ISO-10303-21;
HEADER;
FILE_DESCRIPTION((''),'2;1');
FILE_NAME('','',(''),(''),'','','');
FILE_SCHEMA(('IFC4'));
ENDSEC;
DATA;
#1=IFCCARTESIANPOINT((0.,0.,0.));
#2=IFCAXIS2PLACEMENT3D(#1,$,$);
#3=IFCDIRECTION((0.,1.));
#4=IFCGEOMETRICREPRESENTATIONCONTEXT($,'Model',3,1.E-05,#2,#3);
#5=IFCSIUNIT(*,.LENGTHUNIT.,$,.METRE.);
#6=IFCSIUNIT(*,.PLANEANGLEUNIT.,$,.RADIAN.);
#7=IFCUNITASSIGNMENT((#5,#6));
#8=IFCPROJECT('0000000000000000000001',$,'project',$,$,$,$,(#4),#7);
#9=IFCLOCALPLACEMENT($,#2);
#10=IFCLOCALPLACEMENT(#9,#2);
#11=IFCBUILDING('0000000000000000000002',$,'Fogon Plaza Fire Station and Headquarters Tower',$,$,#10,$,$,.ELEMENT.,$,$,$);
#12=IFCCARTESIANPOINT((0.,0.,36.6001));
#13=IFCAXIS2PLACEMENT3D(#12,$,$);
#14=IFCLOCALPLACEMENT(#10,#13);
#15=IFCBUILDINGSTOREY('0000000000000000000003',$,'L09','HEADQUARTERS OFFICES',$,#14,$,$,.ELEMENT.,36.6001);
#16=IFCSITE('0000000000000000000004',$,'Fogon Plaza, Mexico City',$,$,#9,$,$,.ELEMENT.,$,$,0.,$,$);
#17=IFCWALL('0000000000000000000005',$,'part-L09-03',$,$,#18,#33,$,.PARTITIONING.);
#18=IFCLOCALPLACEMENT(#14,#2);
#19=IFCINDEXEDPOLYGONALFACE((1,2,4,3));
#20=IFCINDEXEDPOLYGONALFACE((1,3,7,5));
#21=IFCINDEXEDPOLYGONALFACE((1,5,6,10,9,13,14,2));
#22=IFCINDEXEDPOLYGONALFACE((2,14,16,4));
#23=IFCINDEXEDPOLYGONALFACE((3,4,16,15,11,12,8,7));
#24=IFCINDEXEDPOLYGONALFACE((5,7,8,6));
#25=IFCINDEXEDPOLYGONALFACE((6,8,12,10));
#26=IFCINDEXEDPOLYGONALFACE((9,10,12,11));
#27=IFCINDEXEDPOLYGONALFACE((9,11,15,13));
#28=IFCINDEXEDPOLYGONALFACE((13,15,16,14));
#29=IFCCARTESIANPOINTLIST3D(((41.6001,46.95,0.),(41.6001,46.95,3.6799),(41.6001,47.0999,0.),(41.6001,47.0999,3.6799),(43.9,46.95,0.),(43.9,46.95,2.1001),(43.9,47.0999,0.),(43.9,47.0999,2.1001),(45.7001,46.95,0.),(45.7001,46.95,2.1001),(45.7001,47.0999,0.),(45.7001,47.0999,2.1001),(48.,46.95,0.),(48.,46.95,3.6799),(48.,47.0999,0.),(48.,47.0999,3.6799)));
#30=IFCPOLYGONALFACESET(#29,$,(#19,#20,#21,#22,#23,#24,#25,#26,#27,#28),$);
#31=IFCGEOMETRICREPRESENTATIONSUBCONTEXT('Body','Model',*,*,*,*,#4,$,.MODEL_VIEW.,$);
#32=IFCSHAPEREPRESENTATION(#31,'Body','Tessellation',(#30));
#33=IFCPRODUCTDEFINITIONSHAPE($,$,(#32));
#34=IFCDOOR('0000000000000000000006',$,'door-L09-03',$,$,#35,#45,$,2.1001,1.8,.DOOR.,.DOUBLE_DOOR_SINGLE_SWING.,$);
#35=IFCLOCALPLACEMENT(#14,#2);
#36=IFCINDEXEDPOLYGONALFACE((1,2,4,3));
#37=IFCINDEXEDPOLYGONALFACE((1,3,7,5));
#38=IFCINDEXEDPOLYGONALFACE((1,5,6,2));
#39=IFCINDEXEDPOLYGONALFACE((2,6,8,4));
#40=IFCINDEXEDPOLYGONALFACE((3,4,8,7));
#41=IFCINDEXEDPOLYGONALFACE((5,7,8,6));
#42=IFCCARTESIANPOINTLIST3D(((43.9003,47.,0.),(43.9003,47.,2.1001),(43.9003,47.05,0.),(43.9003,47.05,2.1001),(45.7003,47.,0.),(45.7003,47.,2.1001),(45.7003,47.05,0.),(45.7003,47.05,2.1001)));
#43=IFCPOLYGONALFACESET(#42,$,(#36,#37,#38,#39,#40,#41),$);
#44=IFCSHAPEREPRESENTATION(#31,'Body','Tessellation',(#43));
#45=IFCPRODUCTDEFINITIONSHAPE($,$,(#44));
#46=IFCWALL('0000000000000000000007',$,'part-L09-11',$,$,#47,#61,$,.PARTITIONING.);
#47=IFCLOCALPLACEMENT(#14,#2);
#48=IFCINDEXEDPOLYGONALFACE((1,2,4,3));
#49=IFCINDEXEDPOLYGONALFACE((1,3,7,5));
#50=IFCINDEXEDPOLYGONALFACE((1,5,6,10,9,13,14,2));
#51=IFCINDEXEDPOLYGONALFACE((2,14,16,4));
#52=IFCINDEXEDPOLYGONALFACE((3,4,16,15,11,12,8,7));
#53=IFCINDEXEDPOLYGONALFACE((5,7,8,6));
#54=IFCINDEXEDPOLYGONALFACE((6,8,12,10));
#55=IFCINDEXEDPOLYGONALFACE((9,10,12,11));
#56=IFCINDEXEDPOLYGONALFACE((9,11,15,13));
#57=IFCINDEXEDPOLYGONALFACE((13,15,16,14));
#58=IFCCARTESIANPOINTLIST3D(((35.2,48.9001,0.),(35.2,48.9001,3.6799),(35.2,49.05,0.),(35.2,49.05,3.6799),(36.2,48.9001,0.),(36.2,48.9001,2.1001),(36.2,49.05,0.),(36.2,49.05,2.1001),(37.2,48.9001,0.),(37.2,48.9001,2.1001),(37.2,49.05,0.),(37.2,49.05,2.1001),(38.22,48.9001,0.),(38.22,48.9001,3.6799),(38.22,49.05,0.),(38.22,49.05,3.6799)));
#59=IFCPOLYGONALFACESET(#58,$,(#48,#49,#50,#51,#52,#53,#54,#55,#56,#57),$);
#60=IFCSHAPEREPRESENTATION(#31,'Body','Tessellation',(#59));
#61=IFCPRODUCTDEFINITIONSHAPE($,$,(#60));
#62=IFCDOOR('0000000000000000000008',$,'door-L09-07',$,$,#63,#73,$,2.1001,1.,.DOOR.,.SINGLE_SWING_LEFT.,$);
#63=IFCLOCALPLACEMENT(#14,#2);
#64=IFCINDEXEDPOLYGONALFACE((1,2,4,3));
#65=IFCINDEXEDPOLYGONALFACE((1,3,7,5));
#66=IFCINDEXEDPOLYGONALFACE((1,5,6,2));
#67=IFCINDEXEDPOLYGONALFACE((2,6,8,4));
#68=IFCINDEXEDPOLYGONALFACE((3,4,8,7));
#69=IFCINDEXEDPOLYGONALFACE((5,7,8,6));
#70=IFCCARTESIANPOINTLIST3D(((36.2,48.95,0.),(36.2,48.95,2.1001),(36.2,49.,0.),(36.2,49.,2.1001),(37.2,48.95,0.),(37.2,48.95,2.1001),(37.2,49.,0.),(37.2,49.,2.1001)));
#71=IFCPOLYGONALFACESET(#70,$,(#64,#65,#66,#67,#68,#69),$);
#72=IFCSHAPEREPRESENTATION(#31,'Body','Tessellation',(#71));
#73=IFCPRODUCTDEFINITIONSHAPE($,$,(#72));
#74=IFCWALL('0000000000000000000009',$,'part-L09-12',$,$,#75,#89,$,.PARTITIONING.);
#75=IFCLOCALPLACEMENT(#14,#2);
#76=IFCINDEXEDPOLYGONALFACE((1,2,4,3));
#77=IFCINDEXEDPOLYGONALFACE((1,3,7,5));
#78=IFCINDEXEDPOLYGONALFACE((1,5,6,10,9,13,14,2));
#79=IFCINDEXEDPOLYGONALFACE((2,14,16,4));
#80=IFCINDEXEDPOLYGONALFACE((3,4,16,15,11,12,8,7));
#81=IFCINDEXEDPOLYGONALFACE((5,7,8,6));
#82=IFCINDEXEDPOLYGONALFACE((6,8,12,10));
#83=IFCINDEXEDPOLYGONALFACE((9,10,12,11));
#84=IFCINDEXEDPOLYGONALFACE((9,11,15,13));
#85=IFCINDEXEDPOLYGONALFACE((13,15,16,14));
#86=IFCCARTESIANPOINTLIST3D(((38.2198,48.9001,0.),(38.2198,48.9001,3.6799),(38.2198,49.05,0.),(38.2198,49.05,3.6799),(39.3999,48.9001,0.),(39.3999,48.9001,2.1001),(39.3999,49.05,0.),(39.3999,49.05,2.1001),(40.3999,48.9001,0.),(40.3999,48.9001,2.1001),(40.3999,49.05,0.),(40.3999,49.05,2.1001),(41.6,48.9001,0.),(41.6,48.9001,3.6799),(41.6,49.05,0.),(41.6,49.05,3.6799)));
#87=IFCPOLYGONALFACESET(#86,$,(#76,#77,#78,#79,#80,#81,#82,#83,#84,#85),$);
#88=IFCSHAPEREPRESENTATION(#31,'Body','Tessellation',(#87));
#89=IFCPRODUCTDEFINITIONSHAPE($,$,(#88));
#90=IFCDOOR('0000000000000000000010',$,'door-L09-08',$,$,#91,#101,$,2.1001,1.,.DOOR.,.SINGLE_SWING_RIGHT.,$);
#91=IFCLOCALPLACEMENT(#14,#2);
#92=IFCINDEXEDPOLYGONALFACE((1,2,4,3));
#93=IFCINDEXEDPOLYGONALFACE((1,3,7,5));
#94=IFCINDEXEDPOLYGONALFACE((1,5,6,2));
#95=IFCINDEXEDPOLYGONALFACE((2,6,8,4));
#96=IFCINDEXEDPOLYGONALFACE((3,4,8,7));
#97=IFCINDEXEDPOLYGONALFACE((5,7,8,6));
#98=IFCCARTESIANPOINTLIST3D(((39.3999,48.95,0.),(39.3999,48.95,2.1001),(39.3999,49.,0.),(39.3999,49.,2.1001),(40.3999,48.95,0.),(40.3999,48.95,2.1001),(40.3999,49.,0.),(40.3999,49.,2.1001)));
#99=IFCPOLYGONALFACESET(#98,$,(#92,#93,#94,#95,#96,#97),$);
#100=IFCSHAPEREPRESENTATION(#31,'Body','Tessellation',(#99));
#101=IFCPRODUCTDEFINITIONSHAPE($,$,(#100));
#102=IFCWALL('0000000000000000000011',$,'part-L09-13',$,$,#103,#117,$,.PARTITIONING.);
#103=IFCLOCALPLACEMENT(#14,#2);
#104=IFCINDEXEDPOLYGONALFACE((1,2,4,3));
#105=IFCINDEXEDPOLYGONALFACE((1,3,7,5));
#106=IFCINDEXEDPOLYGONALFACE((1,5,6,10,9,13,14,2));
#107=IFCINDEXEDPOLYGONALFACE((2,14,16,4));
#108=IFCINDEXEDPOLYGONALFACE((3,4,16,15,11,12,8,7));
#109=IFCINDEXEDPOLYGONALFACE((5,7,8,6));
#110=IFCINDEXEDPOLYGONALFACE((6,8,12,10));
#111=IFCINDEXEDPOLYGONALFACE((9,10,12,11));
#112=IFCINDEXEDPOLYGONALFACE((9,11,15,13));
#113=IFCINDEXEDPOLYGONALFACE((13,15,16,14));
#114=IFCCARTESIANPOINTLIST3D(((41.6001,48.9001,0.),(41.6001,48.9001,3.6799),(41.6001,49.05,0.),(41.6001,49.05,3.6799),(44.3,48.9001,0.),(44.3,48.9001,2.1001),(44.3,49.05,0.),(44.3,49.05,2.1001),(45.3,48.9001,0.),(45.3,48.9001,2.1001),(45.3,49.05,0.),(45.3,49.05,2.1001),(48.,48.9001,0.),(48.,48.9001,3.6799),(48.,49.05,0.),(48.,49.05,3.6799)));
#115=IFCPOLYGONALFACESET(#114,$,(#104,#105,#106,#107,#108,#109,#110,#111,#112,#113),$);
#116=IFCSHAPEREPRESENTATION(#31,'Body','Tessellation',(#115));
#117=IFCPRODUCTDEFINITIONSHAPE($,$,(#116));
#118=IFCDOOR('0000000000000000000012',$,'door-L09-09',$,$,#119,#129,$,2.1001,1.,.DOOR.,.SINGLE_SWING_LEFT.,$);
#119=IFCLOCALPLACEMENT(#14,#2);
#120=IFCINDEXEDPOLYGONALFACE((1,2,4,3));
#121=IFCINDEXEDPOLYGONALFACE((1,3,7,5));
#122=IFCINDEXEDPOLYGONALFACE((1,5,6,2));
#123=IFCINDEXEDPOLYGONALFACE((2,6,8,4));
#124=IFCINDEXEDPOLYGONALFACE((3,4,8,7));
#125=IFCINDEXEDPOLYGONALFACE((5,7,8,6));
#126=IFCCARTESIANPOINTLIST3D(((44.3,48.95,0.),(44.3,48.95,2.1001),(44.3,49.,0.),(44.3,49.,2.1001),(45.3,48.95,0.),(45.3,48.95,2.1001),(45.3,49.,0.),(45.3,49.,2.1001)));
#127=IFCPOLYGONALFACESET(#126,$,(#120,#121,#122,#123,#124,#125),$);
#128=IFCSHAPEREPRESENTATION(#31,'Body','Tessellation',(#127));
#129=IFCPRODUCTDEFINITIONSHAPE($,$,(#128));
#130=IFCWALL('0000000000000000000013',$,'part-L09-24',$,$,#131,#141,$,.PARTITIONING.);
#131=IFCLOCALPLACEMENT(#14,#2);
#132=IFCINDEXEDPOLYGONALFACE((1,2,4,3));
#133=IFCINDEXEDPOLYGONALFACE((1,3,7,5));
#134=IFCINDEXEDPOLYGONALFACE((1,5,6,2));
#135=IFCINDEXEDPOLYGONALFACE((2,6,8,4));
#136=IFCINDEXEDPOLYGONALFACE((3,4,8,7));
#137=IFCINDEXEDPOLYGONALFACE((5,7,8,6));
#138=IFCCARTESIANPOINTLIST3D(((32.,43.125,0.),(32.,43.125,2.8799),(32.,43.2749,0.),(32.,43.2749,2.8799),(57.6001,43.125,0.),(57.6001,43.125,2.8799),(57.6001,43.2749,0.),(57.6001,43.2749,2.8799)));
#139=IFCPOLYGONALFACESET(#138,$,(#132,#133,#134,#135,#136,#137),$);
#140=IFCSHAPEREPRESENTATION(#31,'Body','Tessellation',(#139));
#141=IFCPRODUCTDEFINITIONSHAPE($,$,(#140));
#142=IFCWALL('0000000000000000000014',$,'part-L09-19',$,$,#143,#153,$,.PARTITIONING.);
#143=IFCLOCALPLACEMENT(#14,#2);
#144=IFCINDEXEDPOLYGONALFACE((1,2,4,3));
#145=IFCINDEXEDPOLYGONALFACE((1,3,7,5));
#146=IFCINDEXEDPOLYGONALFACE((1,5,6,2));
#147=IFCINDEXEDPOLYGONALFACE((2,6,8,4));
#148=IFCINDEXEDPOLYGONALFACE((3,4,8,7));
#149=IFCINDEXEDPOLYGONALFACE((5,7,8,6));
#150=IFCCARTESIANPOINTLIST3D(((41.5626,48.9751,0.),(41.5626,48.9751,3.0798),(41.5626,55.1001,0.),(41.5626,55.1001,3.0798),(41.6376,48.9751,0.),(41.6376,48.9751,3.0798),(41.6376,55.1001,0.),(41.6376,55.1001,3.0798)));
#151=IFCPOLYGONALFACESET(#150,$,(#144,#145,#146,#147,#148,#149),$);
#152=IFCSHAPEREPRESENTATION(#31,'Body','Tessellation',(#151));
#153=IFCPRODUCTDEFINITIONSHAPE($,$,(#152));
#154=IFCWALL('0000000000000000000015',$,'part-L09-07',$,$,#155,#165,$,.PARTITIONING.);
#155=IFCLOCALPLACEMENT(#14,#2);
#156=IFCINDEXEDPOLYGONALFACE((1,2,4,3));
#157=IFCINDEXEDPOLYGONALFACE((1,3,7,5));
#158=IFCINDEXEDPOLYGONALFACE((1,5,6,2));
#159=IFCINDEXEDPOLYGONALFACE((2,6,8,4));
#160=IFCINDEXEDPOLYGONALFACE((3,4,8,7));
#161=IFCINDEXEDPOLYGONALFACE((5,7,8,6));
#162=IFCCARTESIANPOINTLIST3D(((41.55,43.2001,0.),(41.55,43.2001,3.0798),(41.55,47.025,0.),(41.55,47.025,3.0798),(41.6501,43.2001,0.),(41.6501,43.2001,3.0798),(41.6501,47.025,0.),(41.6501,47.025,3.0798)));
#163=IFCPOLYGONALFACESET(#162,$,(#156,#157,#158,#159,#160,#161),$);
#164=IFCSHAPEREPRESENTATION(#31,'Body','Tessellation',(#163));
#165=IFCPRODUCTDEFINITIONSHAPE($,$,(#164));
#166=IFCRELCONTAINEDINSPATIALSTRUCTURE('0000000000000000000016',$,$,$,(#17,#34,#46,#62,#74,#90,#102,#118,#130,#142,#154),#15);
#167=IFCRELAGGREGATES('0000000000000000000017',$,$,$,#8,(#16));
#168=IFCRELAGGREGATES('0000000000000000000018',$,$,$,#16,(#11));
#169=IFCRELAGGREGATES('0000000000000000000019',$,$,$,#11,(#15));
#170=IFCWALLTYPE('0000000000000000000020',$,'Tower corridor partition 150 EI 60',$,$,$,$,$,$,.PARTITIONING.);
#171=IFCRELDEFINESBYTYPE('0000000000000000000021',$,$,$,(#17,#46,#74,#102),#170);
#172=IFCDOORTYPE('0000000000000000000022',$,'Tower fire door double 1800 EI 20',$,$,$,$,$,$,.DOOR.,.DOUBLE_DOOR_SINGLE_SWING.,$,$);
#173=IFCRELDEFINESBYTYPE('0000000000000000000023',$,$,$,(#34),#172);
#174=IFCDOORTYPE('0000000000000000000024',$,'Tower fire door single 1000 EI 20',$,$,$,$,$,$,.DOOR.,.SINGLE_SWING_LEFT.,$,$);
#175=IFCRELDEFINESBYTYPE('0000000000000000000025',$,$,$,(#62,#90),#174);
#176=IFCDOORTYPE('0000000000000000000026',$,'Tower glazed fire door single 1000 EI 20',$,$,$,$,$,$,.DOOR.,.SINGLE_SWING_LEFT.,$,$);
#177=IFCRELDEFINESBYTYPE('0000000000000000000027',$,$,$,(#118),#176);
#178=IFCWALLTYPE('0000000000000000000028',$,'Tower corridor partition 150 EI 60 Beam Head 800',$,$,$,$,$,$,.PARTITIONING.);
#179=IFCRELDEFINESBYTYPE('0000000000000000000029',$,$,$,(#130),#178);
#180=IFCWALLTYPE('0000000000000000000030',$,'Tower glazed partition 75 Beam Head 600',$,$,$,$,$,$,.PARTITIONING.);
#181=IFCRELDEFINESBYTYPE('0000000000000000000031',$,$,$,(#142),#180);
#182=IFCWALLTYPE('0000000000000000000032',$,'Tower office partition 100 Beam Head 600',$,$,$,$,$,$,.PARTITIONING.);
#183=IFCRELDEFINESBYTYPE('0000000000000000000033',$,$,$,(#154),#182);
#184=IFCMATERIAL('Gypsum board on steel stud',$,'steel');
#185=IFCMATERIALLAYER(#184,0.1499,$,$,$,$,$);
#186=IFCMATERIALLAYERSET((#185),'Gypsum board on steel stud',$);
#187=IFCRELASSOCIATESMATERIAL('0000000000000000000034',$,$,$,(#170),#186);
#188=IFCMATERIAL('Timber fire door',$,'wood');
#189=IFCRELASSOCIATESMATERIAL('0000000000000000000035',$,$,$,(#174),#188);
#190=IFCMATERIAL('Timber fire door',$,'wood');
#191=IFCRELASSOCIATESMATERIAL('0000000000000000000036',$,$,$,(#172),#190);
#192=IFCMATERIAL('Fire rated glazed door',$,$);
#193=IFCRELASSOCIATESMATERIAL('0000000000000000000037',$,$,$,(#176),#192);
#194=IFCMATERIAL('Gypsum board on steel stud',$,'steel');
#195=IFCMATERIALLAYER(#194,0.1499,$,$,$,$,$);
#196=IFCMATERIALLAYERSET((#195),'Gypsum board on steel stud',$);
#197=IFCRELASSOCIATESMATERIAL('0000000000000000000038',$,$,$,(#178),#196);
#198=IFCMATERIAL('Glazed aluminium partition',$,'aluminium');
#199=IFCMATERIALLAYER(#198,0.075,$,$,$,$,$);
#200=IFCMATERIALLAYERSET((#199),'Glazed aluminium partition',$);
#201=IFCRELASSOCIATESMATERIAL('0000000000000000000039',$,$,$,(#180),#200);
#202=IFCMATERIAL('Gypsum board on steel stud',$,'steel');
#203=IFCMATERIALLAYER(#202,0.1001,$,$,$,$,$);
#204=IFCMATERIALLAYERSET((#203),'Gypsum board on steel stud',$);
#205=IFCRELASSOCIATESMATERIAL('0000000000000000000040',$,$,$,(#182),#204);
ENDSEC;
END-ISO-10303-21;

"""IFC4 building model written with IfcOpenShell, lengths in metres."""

from ifc_helpers import new_model, si_unit, direction, frame, frame_2d, origin, place, context, subcontext, project, spatial, rectangle, extrude, material, layer, layer_set, type_object, element, fill, save


model = new_model("IFC4")

# Units and contexts
model_context = context("Model", 3, precision=1e-05, world=origin(), true_north=direction((0.0, 1.0)))
body_context = subcontext(model_context, "Body", "Model", "MODEL_VIEW")
ifc_project = project(units=[si_unit("LENGTHUNIT", "METRE"), si_unit("PLANEANGLEUNIT", "RADIAN")], contexts=[model_context])

# Site, building, storey
site_placement = place(None, origin())
site = spatial("IfcSite", under=ifc_project, at=site_placement, Name="Fogon Plaza, Mexico City", CompositionType="ELEMENT", RefElevation=0.0)
building_placement = place(site_placement, origin())
building = spatial("IfcBuilding", under=site, at=building_placement, Name="Fogon Plaza Fire Station and Headquarters Tower", CompositionType="ELEMENT")
storey_placement = place(building_placement, frame((0.0, 0.0, 36.6001)))
storey = spatial("IfcBuildingStorey", under=building, at=storey_placement, Name="L09", Description="HEADQUARTERS OFFICES", CompositionType="ELEMENT", Elevation=36.6001)

# Walls, openings, doors
ifc_material_1 = material(Name="Gypsum board on steel stud", Category="steel")
ifc_layer_1 = layer(ifc_material_1, 0.1499)
ifc_layer_set_1 = layer_set([ifc_layer_1], Name="Gypsum board on steel stud")
wall_type_1 = type_object("IfcWallType", Name="Tower corridor partition 150 EI 60", PredefinedType="PARTITIONING", material=ifc_layer_set_1)
ifc_material_2 = material(Name="Timber fire door", Category="wood")
door_type_1 = type_object("IfcDoorType", Name="Tower fire door single 1000 EI 20", OperationType="SINGLE_SWING_LEFT", PredefinedType="DOOR", material=ifc_material_2)
wall_1_placement = place(storey_placement, frame((41.6001, 47.0249, 0.0), z_axis=(0.0, 0.0, 1.0), x_axis=(1.0, 0.0, 0.0)))
wall_1 = element("IfcWall", 1, at=wall_1_placement, inside=storey, type_object=wall_type_1, Name="part-L09-03", PredefinedType="PARTITIONING", context=body_context, shape_type="SweptSolid", body=[
    extrude(rectangle(XDim=6.3999, YDim=0.1499, at=frame_2d((3.2, 0.0))), origin(), (0.0, 0.0, 1.0), 3.6799),
])
opening_1_placement = place(wall_1_placement, frame((2.3, 0.0, 0.0)))
opening_1 = element("IfcOpeningElement", 2, at=opening_1_placement, cuts=wall_1, PredefinedType="OPENING", context=body_context, shape_type="SweptSolid", body=[
    extrude(rectangle(XDim=1.8, YDim=2.1001, at=frame_2d((0.8999, 1.05))), frame((0.0, 0.085, 0.0), z_axis=(0.0, -1.0, 0.0), x_axis=(1.0, 0.0, 0.0)), (0.0, 0.0, 1.0), 0.1699),
])
ifc_material_3 = material(Name="Timber fire door", Category="wood")
door_type_2 = type_object("IfcDoorType", Name="Tower fire door double 1800 EI 20", OperationType="DOUBLE_DOOR_SINGLE_SWING", PredefinedType="DOOR", material=ifc_material_3)
door_1_placement = place(opening_1_placement, frame((1.8, 0.0, 0.0), z_axis=(0.0, 0.0, 1.0), x_axis=(-1.0, 0.0, 0.0)))
door_1 = element("IfcDoor", 3, at=door_1_placement, inside=storey, type_object=door_type_2, Name="door-L09-03", OperationType="DOUBLE_DOOR_SINGLE_SWING", OverallHeight=2.1001, OverallWidth=1.8, PredefinedType="DOOR", context=body_context, shape_type="SweptSolid", body=[
    extrude(rectangle(XDim=1.8, YDim=2.1001, at=frame_2d((0.8999, 1.05))), frame((0.0, 0.0249, 0.0), z_axis=(0.0, -1.0, 0.0), x_axis=(1.0, 0.0, 0.0)), (0.0, 0.0, 1.0), 0.05),
])
fill(opening_1, door_1)
wall_2_placement = place(storey_placement, frame((35.2, 48.9751, 0.0), z_axis=(0.0, 0.0, 1.0), x_axis=(1.0, 0.0, 0.0)))
wall_2 = element("IfcWall", 4, at=wall_2_placement, inside=storey, type_object=wall_type_1, Name="part-L09-11", PredefinedType="PARTITIONING", context=body_context, shape_type="SweptSolid", body=[
    extrude(rectangle(XDim=3.02, YDim=0.1499, at=frame_2d((1.51, 0.0))), origin(), (0.0, 0.0, 1.0), 3.6799),
])
opening_2_placement = place(wall_2_placement, frame((1.0, 0.0, 0.0)))
opening_2 = element("IfcOpeningElement", 5, at=opening_2_placement, cuts=wall_2, PredefinedType="OPENING", context=body_context, shape_type="SweptSolid", body=[
    extrude(rectangle(XDim=1.0, YDim=2.1001, at=frame_2d((0.5, 1.05))), frame((0.0, 0.085, 0.0), z_axis=(0.0, -1.0, 0.0), x_axis=(1.0, 0.0, 0.0)), (0.0, 0.0, 1.0), 0.1699),
])
door_2_placement = place(opening_2_placement, origin())
door_2 = element("IfcDoor", 6, at=door_2_placement, inside=storey, type_object=door_type_1, Name="door-L09-07", OperationType="SINGLE_SWING_LEFT", OverallHeight=2.1001, OverallWidth=1.0, PredefinedType="DOOR", context=body_context, shape_type="SweptSolid", body=[
    extrude(rectangle(XDim=1.0, YDim=2.1001, at=frame_2d((0.5, 1.05))), frame((0.0, 0.0249, 0.0), z_axis=(0.0, -1.0, 0.0), x_axis=(1.0, 0.0, 0.0)), (0.0, 0.0, 1.0), 0.05),
])
fill(opening_2, door_2)
wall_3_placement = place(storey_placement, frame((38.22, 48.9751, 0.0), z_axis=(0.0, 0.0, 1.0), x_axis=(1.0, 0.0, 0.0)))
wall_3 = element("IfcWall", 7, at=wall_3_placement, inside=storey, type_object=wall_type_1, Name="part-L09-12", PredefinedType="PARTITIONING", context=body_context, shape_type="SweptSolid", body=[
    extrude(rectangle(XDim=3.3801, YDim=0.1499, at=frame_2d((1.6899, 0.0))), origin(), (0.0, 0.0, 1.0), 3.6799),
])
opening_3_placement = place(wall_3_placement, frame((1.1799, 0.0, 0.0)))
opening_3 = element("IfcOpeningElement", 8, at=opening_3_placement, cuts=wall_3, PredefinedType="OPENING", context=body_context, shape_type="SweptSolid", body=[
    extrude(rectangle(XDim=1.0, YDim=2.1001, at=frame_2d((0.5, 1.05))), frame((0.0, 0.085, 0.0), z_axis=(0.0, -1.0, 0.0), x_axis=(1.0, 0.0, 0.0)), (0.0, 0.0, 1.0), 0.1699),
])
door_3_placement = place(opening_3_placement, origin())
door_3 = element("IfcDoor", 9, at=door_3_placement, inside=storey, type_object=door_type_1, Name="door-L09-08", OperationType="SINGLE_SWING_RIGHT", OverallHeight=2.1001, OverallWidth=1.0, PredefinedType="DOOR", context=body_context, shape_type="SweptSolid", body=[
    extrude(rectangle(XDim=1.0, YDim=2.1001, at=frame_2d((0.5, 1.05))), frame((0.0, 0.0249, 0.0), z_axis=(0.0, -1.0, 0.0), x_axis=(1.0, 0.0, 0.0)), (0.0, 0.0, 1.0), 0.05),
])
fill(opening_3, door_3)
wall_4_placement = place(storey_placement, frame((41.6001, 48.9751, 0.0), z_axis=(0.0, 0.0, 1.0), x_axis=(1.0, 0.0, 0.0)))
wall_4 = element("IfcWall", 10, at=wall_4_placement, inside=storey, type_object=wall_type_1, Name="part-L09-13", PredefinedType="PARTITIONING", context=body_context, shape_type="SweptSolid", body=[
    extrude(rectangle(XDim=6.3999, YDim=0.1499, at=frame_2d((3.2, 0.0))), origin(), (0.0, 0.0, 1.0), 3.6799),
])
opening_4_placement = place(wall_4_placement, frame((2.7, 0.0, 0.0)))
opening_4 = element("IfcOpeningElement", 11, at=opening_4_placement, cuts=wall_4, PredefinedType="OPENING", context=body_context, shape_type="SweptSolid", body=[
    extrude(rectangle(XDim=1.0, YDim=2.1001, at=frame_2d((0.5, 1.05))), frame((0.0, 0.085, 0.0), z_axis=(0.0, -1.0, 0.0), x_axis=(1.0, 0.0, 0.0)), (0.0, 0.0, 1.0), 0.1699),
])
ifc_material_4 = material(Name="Fire rated glazed door")
door_type_3 = type_object("IfcDoorType", Name="Tower glazed fire door single 1000 EI 20", OperationType="SINGLE_SWING_LEFT", PredefinedType="DOOR", material=ifc_material_4)
door_4_placement = place(opening_4_placement, origin())
door_4 = element("IfcDoor", 12, at=door_4_placement, inside=storey, type_object=door_type_3, Name="door-L09-09", OperationType="SINGLE_SWING_LEFT", OverallHeight=2.1001, OverallWidth=1.0, PredefinedType="DOOR", context=body_context, shape_type="SweptSolid", body=[
    extrude(rectangle(XDim=1.0, YDim=2.1001, at=frame_2d((0.5, 1.05))), frame((0.0, 0.0249, 0.0), z_axis=(0.0, -1.0, 0.0), x_axis=(1.0, 0.0, 0.0)), (0.0, 0.0, 1.0), 0.05),
])
fill(opening_4, door_4)

# Walls
ifc_material_5 = material(Name="Gypsum board on steel stud", Category="steel")
ifc_layer_2 = layer(ifc_material_5, 0.1499)
ifc_layer_set_2 = layer_set([ifc_layer_2], Name="Gypsum board on steel stud")
wall_type_2 = type_object("IfcWallType", Name="Tower corridor partition 150 EI 60 Beam Head 800", PredefinedType="PARTITIONING", material=ifc_layer_set_2)
wall_5_placement = place(storey_placement, frame((32.0, 43.2, 0.0), z_axis=(0.0, 0.0, 1.0), x_axis=(1.0, 0.0, 0.0)))
element("IfcWall", 13, at=wall_5_placement, inside=storey, type_object=wall_type_2, Name="part-L09-24", PredefinedType="PARTITIONING", context=body_context, shape_type="SweptSolid", body=[
    extrude(rectangle(XDim=25.6001, YDim=0.1499, at=frame_2d((12.8, 0.0))), origin(), (0.0, 0.0, 1.0), 2.8799),
])
ifc_material_6 = material(Name="Glazed aluminium partition", Category="aluminium")
ifc_layer_3 = layer(ifc_material_6, 0.075)
ifc_layer_set_3 = layer_set([ifc_layer_3], Name="Glazed aluminium partition")
wall_type_3 = type_object("IfcWallType", Name="Tower glazed partition 75 Beam Head 600", PredefinedType="PARTITIONING", material=ifc_layer_set_3)
wall_6_placement = place(storey_placement, frame((41.6001, 48.9751, 0.0), z_axis=(0.0, 0.0, 1.0), x_axis=(0.0, 1.0, 0.0)))
element("IfcWall", 14, at=wall_6_placement, inside=storey, type_object=wall_type_3, Name="part-L09-19", PredefinedType="PARTITIONING", context=body_context, shape_type="SweptSolid", body=[
    extrude(rectangle(XDim=6.125, YDim=0.075, at=frame_2d((3.0625, 0.0))), origin(), (0.0, 0.0, 1.0), 3.0798),
])
ifc_material_7 = material(Name="Gypsum board on steel stud", Category="steel")
ifc_layer_4 = layer(ifc_material_7, 0.1001)
ifc_layer_set_4 = layer_set([ifc_layer_4], Name="Gypsum board on steel stud")
wall_type_4 = type_object("IfcWallType", Name="Tower office partition 100 Beam Head 600", PredefinedType="PARTITIONING", material=ifc_layer_set_4)
wall_7_placement = place(storey_placement, frame((41.6001, 43.2, 0.0), z_axis=(0.0, 0.0, 1.0), x_axis=(0.0, 1.0, 0.0)))
element("IfcWall", 15, at=wall_7_placement, inside=storey, type_object=wall_type_4, Name="part-L09-07", PredefinedType="PARTITIONING", context=body_context, shape_type="SweptSolid", body=[
    extrude(rectangle(XDim=3.825, YDim=0.1001, at=frame_2d((1.9126, 0.0))), origin(), (0.0, 0.0, 1.0), 3.0798),
])

save(model, "model.ifc")
